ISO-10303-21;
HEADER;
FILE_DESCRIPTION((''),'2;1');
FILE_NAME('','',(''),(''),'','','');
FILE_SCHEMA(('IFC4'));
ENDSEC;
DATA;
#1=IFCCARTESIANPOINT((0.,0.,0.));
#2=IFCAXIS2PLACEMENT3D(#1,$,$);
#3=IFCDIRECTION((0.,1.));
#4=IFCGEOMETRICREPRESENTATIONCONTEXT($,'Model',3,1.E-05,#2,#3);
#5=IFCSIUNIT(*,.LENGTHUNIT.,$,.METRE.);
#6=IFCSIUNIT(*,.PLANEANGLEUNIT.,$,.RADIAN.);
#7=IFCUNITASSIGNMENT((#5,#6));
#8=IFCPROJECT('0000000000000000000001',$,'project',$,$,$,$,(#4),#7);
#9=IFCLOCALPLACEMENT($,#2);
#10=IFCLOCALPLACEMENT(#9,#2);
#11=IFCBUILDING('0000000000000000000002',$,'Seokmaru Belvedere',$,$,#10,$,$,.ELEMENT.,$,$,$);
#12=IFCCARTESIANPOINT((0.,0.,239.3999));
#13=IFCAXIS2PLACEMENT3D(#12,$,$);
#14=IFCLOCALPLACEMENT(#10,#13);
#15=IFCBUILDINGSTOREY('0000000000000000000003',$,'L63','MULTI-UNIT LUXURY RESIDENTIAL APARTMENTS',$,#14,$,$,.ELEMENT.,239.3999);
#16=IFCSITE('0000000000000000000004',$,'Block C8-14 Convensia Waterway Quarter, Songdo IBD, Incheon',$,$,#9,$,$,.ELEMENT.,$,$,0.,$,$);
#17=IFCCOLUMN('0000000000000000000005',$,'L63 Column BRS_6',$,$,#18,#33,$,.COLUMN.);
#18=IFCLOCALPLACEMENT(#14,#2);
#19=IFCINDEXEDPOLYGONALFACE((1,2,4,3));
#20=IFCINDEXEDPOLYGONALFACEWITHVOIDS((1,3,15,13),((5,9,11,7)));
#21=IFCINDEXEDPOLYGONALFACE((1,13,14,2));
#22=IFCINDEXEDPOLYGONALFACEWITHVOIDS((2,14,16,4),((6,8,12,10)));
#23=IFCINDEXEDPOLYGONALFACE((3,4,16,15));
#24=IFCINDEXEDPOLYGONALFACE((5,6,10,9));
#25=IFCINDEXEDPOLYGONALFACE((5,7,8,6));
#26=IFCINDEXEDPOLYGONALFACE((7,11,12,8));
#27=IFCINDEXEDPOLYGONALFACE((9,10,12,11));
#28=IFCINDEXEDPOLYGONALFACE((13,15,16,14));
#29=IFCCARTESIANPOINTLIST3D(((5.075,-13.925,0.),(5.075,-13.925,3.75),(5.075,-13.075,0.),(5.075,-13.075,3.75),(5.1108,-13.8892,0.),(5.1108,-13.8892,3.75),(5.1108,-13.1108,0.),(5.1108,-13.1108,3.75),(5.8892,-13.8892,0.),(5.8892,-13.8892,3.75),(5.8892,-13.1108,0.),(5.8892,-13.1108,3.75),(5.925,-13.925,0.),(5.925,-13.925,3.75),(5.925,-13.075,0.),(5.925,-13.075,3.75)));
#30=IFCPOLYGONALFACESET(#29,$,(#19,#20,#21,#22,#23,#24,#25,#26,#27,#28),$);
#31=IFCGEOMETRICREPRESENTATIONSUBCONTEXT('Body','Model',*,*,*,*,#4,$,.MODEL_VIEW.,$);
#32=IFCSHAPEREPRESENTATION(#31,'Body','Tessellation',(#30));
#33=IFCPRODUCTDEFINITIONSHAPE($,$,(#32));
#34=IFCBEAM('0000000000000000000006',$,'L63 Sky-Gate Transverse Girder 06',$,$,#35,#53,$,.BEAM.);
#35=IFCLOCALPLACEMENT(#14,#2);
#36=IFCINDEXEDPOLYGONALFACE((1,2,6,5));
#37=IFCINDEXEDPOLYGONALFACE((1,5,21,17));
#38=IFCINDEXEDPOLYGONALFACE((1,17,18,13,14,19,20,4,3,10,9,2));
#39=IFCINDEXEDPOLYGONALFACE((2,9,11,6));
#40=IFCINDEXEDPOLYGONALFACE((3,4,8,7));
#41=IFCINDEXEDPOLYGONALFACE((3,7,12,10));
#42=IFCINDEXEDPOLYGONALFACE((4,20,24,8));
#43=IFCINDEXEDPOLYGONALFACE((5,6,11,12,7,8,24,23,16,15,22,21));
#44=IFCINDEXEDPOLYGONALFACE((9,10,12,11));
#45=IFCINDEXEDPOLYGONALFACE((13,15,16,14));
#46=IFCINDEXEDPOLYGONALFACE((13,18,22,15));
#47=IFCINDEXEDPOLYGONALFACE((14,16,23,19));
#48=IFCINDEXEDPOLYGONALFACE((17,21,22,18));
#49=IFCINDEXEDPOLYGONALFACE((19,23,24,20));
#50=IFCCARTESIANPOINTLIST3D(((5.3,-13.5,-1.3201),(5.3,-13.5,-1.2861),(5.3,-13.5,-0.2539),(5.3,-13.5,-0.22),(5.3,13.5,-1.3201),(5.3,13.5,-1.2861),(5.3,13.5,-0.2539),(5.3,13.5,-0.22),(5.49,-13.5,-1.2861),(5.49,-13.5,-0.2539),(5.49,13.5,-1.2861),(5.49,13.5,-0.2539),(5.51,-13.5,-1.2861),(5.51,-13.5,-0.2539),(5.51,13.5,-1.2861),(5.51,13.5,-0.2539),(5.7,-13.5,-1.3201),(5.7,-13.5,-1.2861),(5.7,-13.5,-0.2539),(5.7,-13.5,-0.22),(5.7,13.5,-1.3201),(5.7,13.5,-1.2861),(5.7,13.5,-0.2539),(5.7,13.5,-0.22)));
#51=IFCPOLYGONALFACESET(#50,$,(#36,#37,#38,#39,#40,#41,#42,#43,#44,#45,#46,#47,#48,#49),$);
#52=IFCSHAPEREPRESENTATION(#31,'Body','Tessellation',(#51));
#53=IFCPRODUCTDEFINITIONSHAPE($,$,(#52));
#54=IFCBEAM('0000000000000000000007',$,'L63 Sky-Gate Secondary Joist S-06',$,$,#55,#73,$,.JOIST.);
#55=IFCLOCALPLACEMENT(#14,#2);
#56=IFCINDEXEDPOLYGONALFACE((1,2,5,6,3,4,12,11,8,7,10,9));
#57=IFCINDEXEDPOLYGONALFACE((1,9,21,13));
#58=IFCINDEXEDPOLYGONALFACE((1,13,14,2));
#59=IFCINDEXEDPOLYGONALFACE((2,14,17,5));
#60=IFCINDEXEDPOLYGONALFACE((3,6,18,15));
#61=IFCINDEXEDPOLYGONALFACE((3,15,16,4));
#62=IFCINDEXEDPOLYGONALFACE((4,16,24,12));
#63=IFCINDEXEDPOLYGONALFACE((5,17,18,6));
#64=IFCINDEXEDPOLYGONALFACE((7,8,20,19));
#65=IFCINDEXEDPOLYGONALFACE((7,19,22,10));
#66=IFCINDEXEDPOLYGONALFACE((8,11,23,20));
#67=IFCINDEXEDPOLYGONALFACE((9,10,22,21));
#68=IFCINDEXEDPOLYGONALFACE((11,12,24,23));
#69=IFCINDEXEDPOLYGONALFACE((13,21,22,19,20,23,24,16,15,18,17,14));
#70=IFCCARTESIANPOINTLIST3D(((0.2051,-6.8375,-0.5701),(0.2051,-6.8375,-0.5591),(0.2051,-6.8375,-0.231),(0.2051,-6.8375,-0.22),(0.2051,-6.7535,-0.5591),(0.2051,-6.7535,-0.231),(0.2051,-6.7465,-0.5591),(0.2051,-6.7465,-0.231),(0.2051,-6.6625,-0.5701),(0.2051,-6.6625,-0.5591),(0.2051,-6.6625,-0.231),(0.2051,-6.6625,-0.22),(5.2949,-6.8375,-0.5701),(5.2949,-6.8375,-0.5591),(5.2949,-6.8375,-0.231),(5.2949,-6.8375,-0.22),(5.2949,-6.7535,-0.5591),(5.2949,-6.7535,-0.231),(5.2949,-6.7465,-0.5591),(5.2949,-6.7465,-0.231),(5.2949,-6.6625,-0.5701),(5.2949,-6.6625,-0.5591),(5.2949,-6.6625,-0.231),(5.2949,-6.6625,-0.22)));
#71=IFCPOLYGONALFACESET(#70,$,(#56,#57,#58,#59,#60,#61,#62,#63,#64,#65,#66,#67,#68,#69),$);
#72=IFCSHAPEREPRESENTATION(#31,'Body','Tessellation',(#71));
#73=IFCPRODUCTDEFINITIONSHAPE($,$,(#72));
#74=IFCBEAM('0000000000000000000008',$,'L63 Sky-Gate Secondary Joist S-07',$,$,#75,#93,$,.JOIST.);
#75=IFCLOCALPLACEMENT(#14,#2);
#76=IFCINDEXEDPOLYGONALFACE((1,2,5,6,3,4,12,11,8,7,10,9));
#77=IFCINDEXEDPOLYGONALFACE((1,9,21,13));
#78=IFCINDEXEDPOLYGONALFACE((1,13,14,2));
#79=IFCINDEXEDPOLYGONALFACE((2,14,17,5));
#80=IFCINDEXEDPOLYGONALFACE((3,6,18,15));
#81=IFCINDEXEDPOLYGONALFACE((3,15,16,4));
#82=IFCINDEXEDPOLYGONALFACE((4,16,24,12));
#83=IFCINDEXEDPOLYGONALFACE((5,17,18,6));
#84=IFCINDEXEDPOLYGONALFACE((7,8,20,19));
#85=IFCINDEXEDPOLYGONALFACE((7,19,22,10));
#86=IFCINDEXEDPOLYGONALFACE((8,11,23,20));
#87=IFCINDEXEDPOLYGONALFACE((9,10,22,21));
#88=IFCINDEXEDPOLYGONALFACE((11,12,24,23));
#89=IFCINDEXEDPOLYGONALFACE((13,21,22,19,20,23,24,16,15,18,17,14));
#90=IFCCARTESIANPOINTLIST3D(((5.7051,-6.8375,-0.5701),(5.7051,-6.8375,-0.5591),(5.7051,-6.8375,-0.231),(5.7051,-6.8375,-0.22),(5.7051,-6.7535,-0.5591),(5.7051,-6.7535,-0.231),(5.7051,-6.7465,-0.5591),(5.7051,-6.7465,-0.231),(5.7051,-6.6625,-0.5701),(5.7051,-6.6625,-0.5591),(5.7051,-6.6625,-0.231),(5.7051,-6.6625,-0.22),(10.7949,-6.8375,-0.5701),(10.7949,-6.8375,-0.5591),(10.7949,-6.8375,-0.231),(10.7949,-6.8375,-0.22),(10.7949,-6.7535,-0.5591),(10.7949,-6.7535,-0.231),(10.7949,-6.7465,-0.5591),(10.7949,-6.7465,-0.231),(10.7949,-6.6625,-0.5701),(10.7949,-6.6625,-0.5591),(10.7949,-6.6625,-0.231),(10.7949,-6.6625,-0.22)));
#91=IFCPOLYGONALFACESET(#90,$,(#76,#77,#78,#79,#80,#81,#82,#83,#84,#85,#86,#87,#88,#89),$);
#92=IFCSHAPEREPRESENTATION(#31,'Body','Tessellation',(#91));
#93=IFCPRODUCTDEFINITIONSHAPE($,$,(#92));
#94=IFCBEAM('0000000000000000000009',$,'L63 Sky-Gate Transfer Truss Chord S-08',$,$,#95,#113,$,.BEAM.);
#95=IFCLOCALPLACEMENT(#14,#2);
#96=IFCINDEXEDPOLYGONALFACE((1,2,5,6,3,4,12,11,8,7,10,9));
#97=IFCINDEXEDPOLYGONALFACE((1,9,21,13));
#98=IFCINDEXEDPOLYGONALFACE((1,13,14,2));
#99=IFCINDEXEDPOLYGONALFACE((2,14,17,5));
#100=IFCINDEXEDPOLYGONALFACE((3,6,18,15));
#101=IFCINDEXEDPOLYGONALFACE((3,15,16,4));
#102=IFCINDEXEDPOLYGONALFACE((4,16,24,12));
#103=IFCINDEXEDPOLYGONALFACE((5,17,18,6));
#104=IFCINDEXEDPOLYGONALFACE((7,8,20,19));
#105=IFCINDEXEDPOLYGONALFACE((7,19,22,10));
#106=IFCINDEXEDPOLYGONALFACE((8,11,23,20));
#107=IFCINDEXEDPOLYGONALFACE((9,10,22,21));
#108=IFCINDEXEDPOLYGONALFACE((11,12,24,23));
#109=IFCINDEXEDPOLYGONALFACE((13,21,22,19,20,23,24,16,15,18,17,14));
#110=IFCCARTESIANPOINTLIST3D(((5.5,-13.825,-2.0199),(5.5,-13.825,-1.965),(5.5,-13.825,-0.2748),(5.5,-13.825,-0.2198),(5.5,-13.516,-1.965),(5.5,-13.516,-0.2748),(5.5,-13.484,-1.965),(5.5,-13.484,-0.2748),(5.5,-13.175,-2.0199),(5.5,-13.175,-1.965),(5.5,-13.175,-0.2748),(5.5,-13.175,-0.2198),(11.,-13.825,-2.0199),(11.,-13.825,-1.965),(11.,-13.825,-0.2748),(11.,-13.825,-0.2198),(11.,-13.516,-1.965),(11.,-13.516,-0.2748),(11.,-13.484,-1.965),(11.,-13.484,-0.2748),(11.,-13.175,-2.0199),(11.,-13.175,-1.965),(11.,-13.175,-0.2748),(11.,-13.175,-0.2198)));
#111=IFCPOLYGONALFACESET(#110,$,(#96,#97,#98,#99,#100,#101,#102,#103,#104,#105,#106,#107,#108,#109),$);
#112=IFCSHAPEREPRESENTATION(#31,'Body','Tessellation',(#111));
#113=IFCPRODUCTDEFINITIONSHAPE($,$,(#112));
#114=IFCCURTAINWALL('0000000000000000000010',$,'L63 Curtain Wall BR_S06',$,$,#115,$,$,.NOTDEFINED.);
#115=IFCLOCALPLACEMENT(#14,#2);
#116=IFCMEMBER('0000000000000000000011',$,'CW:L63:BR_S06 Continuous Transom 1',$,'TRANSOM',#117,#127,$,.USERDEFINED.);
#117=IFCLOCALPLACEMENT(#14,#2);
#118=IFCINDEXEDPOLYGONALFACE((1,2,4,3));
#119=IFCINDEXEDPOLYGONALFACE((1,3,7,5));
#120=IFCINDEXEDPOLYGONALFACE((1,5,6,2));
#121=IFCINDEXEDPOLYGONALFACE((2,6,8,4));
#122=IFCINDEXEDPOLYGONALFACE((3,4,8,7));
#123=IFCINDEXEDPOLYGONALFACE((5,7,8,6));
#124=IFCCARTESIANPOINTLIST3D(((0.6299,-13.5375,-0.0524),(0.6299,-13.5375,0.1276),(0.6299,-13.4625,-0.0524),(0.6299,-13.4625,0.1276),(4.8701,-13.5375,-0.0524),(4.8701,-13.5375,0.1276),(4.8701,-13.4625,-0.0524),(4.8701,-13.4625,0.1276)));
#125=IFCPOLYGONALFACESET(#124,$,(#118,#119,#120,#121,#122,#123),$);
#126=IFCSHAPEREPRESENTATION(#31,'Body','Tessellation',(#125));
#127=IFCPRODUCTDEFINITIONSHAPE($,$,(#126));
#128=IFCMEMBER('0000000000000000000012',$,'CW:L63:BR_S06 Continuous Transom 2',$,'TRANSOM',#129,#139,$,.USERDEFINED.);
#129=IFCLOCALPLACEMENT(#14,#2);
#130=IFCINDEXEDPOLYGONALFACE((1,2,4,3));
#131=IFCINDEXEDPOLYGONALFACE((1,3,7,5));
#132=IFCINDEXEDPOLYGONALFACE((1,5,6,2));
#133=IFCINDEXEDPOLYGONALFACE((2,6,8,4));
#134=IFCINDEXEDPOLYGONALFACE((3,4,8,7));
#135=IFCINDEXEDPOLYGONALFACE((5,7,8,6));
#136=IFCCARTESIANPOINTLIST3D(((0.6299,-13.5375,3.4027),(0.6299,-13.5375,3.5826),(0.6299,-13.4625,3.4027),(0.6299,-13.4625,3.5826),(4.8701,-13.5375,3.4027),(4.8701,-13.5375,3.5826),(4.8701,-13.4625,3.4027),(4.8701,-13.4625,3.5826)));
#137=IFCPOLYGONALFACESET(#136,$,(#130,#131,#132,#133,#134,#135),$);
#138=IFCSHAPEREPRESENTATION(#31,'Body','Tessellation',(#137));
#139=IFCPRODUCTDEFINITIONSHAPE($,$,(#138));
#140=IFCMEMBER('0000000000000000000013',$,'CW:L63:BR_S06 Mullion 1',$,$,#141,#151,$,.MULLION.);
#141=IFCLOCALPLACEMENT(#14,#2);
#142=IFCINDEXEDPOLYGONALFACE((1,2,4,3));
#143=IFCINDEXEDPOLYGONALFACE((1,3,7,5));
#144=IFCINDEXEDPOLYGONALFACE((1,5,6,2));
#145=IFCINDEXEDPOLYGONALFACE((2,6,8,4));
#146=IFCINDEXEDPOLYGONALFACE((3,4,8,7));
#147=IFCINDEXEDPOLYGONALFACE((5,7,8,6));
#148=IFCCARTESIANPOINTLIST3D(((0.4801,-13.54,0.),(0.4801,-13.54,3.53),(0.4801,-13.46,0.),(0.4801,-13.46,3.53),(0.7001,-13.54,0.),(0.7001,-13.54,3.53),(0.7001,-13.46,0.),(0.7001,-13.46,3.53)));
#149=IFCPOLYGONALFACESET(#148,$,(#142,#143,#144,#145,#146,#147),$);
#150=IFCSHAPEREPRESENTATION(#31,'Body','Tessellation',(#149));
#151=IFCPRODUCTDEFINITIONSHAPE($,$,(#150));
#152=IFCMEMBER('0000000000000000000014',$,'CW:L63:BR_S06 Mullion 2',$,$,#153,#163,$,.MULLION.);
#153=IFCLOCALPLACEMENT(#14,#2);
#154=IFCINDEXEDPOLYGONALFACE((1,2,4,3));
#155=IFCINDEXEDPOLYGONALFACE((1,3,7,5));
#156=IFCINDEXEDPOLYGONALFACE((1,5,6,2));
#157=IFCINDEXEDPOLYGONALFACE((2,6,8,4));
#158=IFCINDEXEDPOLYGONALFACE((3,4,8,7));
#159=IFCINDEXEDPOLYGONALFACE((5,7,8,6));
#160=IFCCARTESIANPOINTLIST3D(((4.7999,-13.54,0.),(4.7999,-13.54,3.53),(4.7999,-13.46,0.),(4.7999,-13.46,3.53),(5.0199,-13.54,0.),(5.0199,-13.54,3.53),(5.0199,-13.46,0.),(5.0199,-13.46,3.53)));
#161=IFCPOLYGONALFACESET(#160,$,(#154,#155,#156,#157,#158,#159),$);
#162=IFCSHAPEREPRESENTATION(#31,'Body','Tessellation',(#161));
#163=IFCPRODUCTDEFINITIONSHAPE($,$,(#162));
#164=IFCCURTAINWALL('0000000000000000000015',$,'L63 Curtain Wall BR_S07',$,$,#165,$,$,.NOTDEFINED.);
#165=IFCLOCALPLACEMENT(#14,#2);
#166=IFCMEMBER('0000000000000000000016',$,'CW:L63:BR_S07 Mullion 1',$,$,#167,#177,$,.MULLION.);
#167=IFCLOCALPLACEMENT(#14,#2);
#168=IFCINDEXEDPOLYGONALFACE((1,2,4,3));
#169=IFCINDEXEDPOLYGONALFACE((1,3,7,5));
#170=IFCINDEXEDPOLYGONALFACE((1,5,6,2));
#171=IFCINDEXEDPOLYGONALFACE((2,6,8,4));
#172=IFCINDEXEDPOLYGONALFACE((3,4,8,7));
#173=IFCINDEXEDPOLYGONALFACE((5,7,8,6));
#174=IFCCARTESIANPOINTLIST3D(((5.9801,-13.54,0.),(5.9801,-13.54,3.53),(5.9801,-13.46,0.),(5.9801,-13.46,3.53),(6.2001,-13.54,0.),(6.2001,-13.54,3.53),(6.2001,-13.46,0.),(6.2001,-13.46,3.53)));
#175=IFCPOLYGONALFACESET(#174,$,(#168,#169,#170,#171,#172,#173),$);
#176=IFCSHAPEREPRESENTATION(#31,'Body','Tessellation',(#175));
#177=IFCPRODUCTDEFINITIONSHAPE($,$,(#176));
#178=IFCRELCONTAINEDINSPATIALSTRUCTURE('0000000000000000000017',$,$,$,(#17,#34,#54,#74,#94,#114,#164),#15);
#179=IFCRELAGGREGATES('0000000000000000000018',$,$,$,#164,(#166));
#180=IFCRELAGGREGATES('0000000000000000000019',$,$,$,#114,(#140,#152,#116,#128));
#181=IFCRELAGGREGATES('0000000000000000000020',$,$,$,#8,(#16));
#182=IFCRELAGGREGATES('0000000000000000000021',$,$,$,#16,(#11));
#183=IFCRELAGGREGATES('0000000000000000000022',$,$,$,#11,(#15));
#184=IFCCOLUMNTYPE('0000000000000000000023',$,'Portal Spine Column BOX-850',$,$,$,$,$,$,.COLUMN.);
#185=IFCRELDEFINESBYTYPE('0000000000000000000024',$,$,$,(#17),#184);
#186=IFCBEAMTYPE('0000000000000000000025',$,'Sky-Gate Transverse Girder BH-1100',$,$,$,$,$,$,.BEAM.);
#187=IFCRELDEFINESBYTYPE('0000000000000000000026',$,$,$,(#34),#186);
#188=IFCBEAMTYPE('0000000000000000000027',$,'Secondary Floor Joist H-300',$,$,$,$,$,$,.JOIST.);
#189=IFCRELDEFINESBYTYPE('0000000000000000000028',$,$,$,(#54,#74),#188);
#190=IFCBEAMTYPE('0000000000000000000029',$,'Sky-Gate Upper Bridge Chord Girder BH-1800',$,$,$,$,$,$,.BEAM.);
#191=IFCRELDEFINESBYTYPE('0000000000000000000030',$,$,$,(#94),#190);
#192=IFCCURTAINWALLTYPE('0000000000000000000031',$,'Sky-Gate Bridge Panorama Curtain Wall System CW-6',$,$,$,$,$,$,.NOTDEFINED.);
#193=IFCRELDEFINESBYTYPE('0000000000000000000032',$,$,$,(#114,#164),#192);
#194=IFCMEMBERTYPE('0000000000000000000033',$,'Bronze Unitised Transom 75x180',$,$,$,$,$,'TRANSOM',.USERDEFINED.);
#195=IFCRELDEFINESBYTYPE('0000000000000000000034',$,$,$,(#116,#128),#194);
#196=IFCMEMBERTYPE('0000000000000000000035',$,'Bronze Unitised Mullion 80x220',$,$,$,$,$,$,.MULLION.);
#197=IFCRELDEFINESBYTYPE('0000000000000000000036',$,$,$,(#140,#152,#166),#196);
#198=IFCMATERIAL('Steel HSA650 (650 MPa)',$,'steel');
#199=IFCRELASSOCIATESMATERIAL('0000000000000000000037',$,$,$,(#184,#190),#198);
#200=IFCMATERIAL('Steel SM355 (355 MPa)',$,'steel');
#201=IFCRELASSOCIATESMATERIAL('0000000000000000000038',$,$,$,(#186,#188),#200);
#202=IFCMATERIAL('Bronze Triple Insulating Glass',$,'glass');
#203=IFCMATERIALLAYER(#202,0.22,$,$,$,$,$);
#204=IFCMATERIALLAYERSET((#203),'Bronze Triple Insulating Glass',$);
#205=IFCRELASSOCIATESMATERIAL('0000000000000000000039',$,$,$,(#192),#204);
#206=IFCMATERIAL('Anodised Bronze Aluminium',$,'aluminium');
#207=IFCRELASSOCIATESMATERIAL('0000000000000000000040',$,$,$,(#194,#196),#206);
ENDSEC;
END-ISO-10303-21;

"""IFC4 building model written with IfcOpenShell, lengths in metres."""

from ifc_helpers import new_model, si_unit, direction, frame, origin, origin_2d, place, context, subcontext, project, spatial, rectangle, hollow_rectangle, i_section, extrude, source, transform, mapped, material, layer, layer_set, material_profile, profile_set, type_object, type_shapes, element, aggregate, save


model = new_model("IFC4")

# Units and contexts
model_context = context("Model", 3, precision=1e-05, world=origin(), true_north=direction((0.0, 1.0)))
body_context = subcontext(model_context, "Body", "Model", "MODEL_VIEW")
ifc_project = project(units=[si_unit("LENGTHUNIT", "METRE"), si_unit("PLANEANGLEUNIT", "RADIAN")], contexts=[model_context])

# Site, building, storey
site_placement = place(None, origin())
site = spatial("IfcSite", under=ifc_project, at=site_placement, Name="Block C8-14 Convensia Waterway Quarter, Songdo IBD, Incheon", CompositionType="ELEMENT", RefElevation=0.0)
building_placement = place(site_placement, origin())
building = spatial("IfcBuilding", under=site, at=building_placement, Name="Seokmaru Belvedere", CompositionType="ELEMENT")
storey_placement = place(building_placement, frame((0.0, 0.0, 239.3999)))
storey = spatial("IfcBuildingStorey", under=building, at=storey_placement, Name="L63", Description="MULTI-UNIT LUXURY RESIDENTIAL APARTMENTS", CompositionType="ELEMENT", Elevation=239.3999)

# Column
ifc_material_1 = material(Name="Steel HSA650 (650 MPa)", Category="steel")
ifc_material_profile_1 = material_profile(ifc_material_1, hollow_rectangle(XDim=0.8501, YDim=0.8501, WallThickness=0.0359, at=origin_2d()), Name="BOX-850x850x36")
ifc_profile_set_1 = profile_set([ifc_material_profile_1], Name="Steel HSA650 (650 MPa)")
column_type = type_object("IfcColumnType", Name="Portal Spine Column BOX-850", PredefinedType="COLUMN", material=ifc_profile_set_1)
shared_shape_1 = source(origin(), body_context, "Body", "SweptSolid", [
    extrude(hollow_rectangle(XDim=0.8501, YDim=0.8501, WallThickness=0.0359, at=origin_2d()), origin(), (0.0, 0.0, 1.0), 3.75),
])
type_shapes(column_type, [shared_shape_1])
column_placement = place(storey_placement, frame((5.5, -13.5, 0.0), z_axis=(0.0, 0.0, 1.0), x_axis=(1.0, 0.0, 0.0)))
element("IfcColumn", 1, at=column_placement, inside=storey, type_object=column_type, Name="L63 Column BRS_6", PredefinedType="COLUMN", context=body_context, shape_type="MappedRepresentation", body=[
    mapped(shared_shape_1, transform((0.0, 0.0, 0.0), scale=1.0)),
])

# Beams
ifc_material_2 = material(Name="Steel SM355 (355 MPa)", Category="steel")
ifc_material_profile_2 = material_profile(ifc_material_2, i_section(OverallWidth=0.3999, OverallDepth=1.1001, WebThickness=0.02, FlangeThickness=0.0339, at=origin_2d()), Name="BH-1100x400x20x34")
ifc_profile_set_2 = profile_set([ifc_material_profile_2], Name="Steel SM355 (355 MPa)")
beam_type_1 = type_object("IfcBeamType", Name="Sky-Gate Transverse Girder BH-1100", PredefinedType="BEAM", material=ifc_profile_set_2)
shared_shape_2 = source(origin(), body_context, "Body", "SweptSolid", [
    extrude(i_section(OverallWidth=0.3999, OverallDepth=1.1001, WebThickness=0.02, FlangeThickness=0.0339, at=origin_2d()), origin(), (0.0, 0.0, 1.0), 27.0),
])
type_shapes(beam_type_1, [shared_shape_2])
beam_1_placement = place(storey_placement, frame((5.5, -13.5, -0.77), z_axis=(0.0, 1.0, 0.0), x_axis=(-1.0, 0.0, 0.0)))
element("IfcBeam", 2, at=beam_1_placement, inside=storey, type_object=beam_type_1, Name="L63 Sky-Gate Transverse Girder 06", PredefinedType="BEAM", context=body_context, shape_type="MappedRepresentation", body=[
    mapped(shared_shape_2, transform((0.0, 0.0, 0.0), scale=1.0)),
])
ifc_material_profile_3 = material_profile(ifc_material_2, i_section(OverallWidth=0.175, OverallDepth=0.3501, WebThickness=0.0071, FlangeThickness=0.011, at=origin_2d()), Name="H-350x175x7x11")
ifc_profile_set_3 = profile_set([ifc_material_profile_3], Name="Steel SM355 (355 MPa)")
beam_type_2 = type_object("IfcBeamType", Name="Secondary Floor Joist H-300", PredefinedType="JOIST", material=ifc_profile_set_3)
shared_shape_3 = source(origin(), body_context, "Body", "SweptSolid", [
    extrude(i_section(OverallWidth=0.175, OverallDepth=0.3501, WebThickness=0.0071, FlangeThickness=0.011, at=origin_2d()), origin(), (0.0, 0.0, 1.0), 5.0898),
])
type_shapes(beam_type_2, [shared_shape_3])
for number, where, z_axis, x_axis, name in (
    (3, (0.2051, -6.75, -0.395), (1.0, 0.0, 0.0), (0.0, 1.0, 0.0), "L63 Sky-Gate Secondary Joist S-06"),
    (4, (5.7051, -6.75, -0.395), (1.0, 0.0, 0.0), (0.0, 1.0, 0.0), "L63 Sky-Gate Secondary Joist S-07"),
):
    element("IfcBeam", number, at=place(storey_placement, frame(where, z_axis=z_axis, x_axis=x_axis)), inside=storey, type_object=beam_type_2, Name=name, PredefinedType="JOIST", context=body_context, shape_type="MappedRepresentation", body=[
        mapped(shared_shape_3, transform((0.0, 0.0, 0.0), scale=1.0)),
    ])
ifc_material_profile_4 = material_profile(ifc_material_1, i_section(OverallWidth=0.6499, OverallDepth=1.8, WebThickness=0.032, FlangeThickness=0.0549, at=origin_2d()), Name="BH-1800x650x32x55")
ifc_profile_set_4 = profile_set([ifc_material_profile_4], Name="Steel HSA650 (650 MPa)")
beam_type_3 = type_object("IfcBeamType", Name="Sky-Gate Upper Bridge Chord Girder BH-1800", PredefinedType="BEAM", material=ifc_profile_set_4)
shared_shape_4 = source(origin(), body_context, "Body", "SweptSolid", [
    extrude(i_section(OverallWidth=0.6499, OverallDepth=1.8, WebThickness=0.032, FlangeThickness=0.0549, at=origin_2d()), origin(), (0.0, 0.0, 1.0), 5.5),
])
type_shapes(beam_type_3, [shared_shape_4])
beam_2_placement = place(storey_placement, frame((5.5, -13.5, -1.1199), z_axis=(1.0, 0.0, 0.0), x_axis=(0.0, 1.0, 0.0)))
element("IfcBeam", 5, at=beam_2_placement, inside=storey, type_object=beam_type_3, Name="L63 Sky-Gate Transfer Truss Chord S-08", PredefinedType="BEAM", context=body_context, shape_type="MappedRepresentation", body=[
    mapped(shared_shape_4, transform((0.0, 0.0, 0.0), scale=1.0)),
])

# Curtain wall, members
ifc_material_3 = material(Name="Bronze Triple Insulating Glass", Category="glass")
ifc_layer_1 = layer(ifc_material_3, 0.22)
ifc_layer_set_1 = layer_set([ifc_layer_1], Name="Bronze Triple Insulating Glass")
curtain_wall_type = type_object("IfcCurtainWallType", Name="Sky-Gate Bridge Panorama Curtain Wall System CW-6", PredefinedType="NOTDEFINED", material=ifc_layer_set_1)
curtain_wall_1_placement = place(storey_placement, origin())
curtain_wall_1 = element("IfcCurtainWall", 6, at=curtain_wall_1_placement, inside=storey, type_object=curtain_wall_type, Name="L63 Curtain Wall BR_S06", PredefinedType="NOTDEFINED")
ifc_material_4 = material(Name="Anodised Bronze Aluminium", Category="aluminium")
ifc_material_profile_5 = material_profile(ifc_material_4, rectangle(XDim=0.075, YDim=0.1799, at=origin_2d()), Name="CW-T-75x180")
ifc_profile_set_5 = profile_set([ifc_material_profile_5], Name="Anodised Bronze Aluminium")
member_type_1 = type_object("IfcMemberType", Name="Bronze Unitised Transom 75x180", ElementType="TRANSOM", PredefinedType="USERDEFINED", material=ifc_profile_set_5)
shared_shape_5 = source(origin(), body_context, "Body", "SweptSolid", [
    extrude(rectangle(XDim=0.075, YDim=0.1799, at=origin_2d()), origin(), (0.0, 0.0, 1.0), 4.2402),
])
type_shapes(member_type_1, [shared_shape_5])
member_1_placement = place(storey_placement, frame((0.6299, -13.5, 0.0376), z_axis=(1.0, 0.0, 0.0), x_axis=(0.0, 1.0, 0.0)))
member_1 = element("IfcMember", 7, at=member_1_placement, type_object=member_type_1, Name="CW:L63:BR_S06 Continuous Transom 1", ObjectType="TRANSOM", PredefinedType="USERDEFINED", context=body_context, shape_type="MappedRepresentation", body=[
    mapped(shared_shape_5, transform((0.0, 0.0, 0.0), scale=1.0)),
])
member_2_placement = place(storey_placement, frame((0.6299, -13.5, 3.4927), z_axis=(1.0, 0.0, 0.0), x_axis=(0.0, 1.0, 0.0)))
member_2 = element("IfcMember", 8, at=member_2_placement, type_object=member_type_1, Name="CW:L63:BR_S06 Continuous Transom 2", ObjectType="TRANSOM", PredefinedType="USERDEFINED", context=body_context, shape_type="MappedRepresentation", body=[
    mapped(shared_shape_5, transform((0.0, 0.0, 0.0), scale=1.0)),
])
ifc_material_profile_6 = material_profile(ifc_material_4, rectangle(XDim=0.0801, YDim=0.22, at=origin_2d()), Name="CW-M-80x220")
ifc_profile_set_6 = profile_set([ifc_material_profile_6], Name="Anodised Bronze Aluminium")
member_type_2 = type_object("IfcMemberType", Name="Bronze Unitised Mullion 80x220", PredefinedType="MULLION", material=ifc_profile_set_6)
shared_shape_6 = source(origin(), body_context, "Body", "SweptSolid", [
    extrude(rectangle(XDim=0.0801, YDim=0.22, at=origin_2d()), origin(), (0.0, 0.0, 1.0), 3.53),
])
type_shapes(member_type_2, [shared_shape_6])
member_3_placement = place(storey_placement, frame((0.5901, -13.5, 0.0), z_axis=(0.0, 0.0, 1.0), x_axis=(0.0, 1.0, 0.0)))
member_3 = element("IfcMember", 9, at=member_3_placement, type_object=member_type_2, Name="CW:L63:BR_S06 Mullion 1", PredefinedType="MULLION", context=body_context, shape_type="MappedRepresentation", body=[
    mapped(shared_shape_6, transform((0.0, 0.0, 0.0), scale=1.0)),
])
member_4_placement = place(storey_placement, frame((4.9099, -13.5, 0.0), z_axis=(0.0, 0.0, 1.0), x_axis=(0.0, 1.0, 0.0)))
member_4 = element("IfcMember", 10, at=member_4_placement, type_object=member_type_2, Name="CW:L63:BR_S06 Mullion 2", PredefinedType="MULLION", context=body_context, shape_type="MappedRepresentation", body=[
    mapped(shared_shape_6, transform((0.0, 0.0, 0.0), scale=1.0)),
])

# Curtain wall, member
curtain_wall_2_placement = place(storey_placement, origin())
curtain_wall_2 = element("IfcCurtainWall", 11, at=curtain_wall_2_placement, inside=storey, type_object=curtain_wall_type, Name="L63 Curtain Wall BR_S07", PredefinedType="NOTDEFINED")
member_5_placement = place(storey_placement, frame((6.0901, -13.5, 0.0), z_axis=(0.0, 0.0, 1.0), x_axis=(0.0, 1.0, 0.0)))
member_5 = element("IfcMember", 12, at=member_5_placement, type_object=member_type_2, Name="CW:L63:BR_S07 Mullion 1", PredefinedType="MULLION", context=body_context, shape_type="MappedRepresentation", body=[
    mapped(shared_shape_6, transform((0.0, 0.0, 0.0), scale=1.0)),
])
aggregate(curtain_wall_2, [member_5])

aggregate(curtain_wall_1, [member_3, member_4, member_1, member_2])

save(model, "model.ifc")
